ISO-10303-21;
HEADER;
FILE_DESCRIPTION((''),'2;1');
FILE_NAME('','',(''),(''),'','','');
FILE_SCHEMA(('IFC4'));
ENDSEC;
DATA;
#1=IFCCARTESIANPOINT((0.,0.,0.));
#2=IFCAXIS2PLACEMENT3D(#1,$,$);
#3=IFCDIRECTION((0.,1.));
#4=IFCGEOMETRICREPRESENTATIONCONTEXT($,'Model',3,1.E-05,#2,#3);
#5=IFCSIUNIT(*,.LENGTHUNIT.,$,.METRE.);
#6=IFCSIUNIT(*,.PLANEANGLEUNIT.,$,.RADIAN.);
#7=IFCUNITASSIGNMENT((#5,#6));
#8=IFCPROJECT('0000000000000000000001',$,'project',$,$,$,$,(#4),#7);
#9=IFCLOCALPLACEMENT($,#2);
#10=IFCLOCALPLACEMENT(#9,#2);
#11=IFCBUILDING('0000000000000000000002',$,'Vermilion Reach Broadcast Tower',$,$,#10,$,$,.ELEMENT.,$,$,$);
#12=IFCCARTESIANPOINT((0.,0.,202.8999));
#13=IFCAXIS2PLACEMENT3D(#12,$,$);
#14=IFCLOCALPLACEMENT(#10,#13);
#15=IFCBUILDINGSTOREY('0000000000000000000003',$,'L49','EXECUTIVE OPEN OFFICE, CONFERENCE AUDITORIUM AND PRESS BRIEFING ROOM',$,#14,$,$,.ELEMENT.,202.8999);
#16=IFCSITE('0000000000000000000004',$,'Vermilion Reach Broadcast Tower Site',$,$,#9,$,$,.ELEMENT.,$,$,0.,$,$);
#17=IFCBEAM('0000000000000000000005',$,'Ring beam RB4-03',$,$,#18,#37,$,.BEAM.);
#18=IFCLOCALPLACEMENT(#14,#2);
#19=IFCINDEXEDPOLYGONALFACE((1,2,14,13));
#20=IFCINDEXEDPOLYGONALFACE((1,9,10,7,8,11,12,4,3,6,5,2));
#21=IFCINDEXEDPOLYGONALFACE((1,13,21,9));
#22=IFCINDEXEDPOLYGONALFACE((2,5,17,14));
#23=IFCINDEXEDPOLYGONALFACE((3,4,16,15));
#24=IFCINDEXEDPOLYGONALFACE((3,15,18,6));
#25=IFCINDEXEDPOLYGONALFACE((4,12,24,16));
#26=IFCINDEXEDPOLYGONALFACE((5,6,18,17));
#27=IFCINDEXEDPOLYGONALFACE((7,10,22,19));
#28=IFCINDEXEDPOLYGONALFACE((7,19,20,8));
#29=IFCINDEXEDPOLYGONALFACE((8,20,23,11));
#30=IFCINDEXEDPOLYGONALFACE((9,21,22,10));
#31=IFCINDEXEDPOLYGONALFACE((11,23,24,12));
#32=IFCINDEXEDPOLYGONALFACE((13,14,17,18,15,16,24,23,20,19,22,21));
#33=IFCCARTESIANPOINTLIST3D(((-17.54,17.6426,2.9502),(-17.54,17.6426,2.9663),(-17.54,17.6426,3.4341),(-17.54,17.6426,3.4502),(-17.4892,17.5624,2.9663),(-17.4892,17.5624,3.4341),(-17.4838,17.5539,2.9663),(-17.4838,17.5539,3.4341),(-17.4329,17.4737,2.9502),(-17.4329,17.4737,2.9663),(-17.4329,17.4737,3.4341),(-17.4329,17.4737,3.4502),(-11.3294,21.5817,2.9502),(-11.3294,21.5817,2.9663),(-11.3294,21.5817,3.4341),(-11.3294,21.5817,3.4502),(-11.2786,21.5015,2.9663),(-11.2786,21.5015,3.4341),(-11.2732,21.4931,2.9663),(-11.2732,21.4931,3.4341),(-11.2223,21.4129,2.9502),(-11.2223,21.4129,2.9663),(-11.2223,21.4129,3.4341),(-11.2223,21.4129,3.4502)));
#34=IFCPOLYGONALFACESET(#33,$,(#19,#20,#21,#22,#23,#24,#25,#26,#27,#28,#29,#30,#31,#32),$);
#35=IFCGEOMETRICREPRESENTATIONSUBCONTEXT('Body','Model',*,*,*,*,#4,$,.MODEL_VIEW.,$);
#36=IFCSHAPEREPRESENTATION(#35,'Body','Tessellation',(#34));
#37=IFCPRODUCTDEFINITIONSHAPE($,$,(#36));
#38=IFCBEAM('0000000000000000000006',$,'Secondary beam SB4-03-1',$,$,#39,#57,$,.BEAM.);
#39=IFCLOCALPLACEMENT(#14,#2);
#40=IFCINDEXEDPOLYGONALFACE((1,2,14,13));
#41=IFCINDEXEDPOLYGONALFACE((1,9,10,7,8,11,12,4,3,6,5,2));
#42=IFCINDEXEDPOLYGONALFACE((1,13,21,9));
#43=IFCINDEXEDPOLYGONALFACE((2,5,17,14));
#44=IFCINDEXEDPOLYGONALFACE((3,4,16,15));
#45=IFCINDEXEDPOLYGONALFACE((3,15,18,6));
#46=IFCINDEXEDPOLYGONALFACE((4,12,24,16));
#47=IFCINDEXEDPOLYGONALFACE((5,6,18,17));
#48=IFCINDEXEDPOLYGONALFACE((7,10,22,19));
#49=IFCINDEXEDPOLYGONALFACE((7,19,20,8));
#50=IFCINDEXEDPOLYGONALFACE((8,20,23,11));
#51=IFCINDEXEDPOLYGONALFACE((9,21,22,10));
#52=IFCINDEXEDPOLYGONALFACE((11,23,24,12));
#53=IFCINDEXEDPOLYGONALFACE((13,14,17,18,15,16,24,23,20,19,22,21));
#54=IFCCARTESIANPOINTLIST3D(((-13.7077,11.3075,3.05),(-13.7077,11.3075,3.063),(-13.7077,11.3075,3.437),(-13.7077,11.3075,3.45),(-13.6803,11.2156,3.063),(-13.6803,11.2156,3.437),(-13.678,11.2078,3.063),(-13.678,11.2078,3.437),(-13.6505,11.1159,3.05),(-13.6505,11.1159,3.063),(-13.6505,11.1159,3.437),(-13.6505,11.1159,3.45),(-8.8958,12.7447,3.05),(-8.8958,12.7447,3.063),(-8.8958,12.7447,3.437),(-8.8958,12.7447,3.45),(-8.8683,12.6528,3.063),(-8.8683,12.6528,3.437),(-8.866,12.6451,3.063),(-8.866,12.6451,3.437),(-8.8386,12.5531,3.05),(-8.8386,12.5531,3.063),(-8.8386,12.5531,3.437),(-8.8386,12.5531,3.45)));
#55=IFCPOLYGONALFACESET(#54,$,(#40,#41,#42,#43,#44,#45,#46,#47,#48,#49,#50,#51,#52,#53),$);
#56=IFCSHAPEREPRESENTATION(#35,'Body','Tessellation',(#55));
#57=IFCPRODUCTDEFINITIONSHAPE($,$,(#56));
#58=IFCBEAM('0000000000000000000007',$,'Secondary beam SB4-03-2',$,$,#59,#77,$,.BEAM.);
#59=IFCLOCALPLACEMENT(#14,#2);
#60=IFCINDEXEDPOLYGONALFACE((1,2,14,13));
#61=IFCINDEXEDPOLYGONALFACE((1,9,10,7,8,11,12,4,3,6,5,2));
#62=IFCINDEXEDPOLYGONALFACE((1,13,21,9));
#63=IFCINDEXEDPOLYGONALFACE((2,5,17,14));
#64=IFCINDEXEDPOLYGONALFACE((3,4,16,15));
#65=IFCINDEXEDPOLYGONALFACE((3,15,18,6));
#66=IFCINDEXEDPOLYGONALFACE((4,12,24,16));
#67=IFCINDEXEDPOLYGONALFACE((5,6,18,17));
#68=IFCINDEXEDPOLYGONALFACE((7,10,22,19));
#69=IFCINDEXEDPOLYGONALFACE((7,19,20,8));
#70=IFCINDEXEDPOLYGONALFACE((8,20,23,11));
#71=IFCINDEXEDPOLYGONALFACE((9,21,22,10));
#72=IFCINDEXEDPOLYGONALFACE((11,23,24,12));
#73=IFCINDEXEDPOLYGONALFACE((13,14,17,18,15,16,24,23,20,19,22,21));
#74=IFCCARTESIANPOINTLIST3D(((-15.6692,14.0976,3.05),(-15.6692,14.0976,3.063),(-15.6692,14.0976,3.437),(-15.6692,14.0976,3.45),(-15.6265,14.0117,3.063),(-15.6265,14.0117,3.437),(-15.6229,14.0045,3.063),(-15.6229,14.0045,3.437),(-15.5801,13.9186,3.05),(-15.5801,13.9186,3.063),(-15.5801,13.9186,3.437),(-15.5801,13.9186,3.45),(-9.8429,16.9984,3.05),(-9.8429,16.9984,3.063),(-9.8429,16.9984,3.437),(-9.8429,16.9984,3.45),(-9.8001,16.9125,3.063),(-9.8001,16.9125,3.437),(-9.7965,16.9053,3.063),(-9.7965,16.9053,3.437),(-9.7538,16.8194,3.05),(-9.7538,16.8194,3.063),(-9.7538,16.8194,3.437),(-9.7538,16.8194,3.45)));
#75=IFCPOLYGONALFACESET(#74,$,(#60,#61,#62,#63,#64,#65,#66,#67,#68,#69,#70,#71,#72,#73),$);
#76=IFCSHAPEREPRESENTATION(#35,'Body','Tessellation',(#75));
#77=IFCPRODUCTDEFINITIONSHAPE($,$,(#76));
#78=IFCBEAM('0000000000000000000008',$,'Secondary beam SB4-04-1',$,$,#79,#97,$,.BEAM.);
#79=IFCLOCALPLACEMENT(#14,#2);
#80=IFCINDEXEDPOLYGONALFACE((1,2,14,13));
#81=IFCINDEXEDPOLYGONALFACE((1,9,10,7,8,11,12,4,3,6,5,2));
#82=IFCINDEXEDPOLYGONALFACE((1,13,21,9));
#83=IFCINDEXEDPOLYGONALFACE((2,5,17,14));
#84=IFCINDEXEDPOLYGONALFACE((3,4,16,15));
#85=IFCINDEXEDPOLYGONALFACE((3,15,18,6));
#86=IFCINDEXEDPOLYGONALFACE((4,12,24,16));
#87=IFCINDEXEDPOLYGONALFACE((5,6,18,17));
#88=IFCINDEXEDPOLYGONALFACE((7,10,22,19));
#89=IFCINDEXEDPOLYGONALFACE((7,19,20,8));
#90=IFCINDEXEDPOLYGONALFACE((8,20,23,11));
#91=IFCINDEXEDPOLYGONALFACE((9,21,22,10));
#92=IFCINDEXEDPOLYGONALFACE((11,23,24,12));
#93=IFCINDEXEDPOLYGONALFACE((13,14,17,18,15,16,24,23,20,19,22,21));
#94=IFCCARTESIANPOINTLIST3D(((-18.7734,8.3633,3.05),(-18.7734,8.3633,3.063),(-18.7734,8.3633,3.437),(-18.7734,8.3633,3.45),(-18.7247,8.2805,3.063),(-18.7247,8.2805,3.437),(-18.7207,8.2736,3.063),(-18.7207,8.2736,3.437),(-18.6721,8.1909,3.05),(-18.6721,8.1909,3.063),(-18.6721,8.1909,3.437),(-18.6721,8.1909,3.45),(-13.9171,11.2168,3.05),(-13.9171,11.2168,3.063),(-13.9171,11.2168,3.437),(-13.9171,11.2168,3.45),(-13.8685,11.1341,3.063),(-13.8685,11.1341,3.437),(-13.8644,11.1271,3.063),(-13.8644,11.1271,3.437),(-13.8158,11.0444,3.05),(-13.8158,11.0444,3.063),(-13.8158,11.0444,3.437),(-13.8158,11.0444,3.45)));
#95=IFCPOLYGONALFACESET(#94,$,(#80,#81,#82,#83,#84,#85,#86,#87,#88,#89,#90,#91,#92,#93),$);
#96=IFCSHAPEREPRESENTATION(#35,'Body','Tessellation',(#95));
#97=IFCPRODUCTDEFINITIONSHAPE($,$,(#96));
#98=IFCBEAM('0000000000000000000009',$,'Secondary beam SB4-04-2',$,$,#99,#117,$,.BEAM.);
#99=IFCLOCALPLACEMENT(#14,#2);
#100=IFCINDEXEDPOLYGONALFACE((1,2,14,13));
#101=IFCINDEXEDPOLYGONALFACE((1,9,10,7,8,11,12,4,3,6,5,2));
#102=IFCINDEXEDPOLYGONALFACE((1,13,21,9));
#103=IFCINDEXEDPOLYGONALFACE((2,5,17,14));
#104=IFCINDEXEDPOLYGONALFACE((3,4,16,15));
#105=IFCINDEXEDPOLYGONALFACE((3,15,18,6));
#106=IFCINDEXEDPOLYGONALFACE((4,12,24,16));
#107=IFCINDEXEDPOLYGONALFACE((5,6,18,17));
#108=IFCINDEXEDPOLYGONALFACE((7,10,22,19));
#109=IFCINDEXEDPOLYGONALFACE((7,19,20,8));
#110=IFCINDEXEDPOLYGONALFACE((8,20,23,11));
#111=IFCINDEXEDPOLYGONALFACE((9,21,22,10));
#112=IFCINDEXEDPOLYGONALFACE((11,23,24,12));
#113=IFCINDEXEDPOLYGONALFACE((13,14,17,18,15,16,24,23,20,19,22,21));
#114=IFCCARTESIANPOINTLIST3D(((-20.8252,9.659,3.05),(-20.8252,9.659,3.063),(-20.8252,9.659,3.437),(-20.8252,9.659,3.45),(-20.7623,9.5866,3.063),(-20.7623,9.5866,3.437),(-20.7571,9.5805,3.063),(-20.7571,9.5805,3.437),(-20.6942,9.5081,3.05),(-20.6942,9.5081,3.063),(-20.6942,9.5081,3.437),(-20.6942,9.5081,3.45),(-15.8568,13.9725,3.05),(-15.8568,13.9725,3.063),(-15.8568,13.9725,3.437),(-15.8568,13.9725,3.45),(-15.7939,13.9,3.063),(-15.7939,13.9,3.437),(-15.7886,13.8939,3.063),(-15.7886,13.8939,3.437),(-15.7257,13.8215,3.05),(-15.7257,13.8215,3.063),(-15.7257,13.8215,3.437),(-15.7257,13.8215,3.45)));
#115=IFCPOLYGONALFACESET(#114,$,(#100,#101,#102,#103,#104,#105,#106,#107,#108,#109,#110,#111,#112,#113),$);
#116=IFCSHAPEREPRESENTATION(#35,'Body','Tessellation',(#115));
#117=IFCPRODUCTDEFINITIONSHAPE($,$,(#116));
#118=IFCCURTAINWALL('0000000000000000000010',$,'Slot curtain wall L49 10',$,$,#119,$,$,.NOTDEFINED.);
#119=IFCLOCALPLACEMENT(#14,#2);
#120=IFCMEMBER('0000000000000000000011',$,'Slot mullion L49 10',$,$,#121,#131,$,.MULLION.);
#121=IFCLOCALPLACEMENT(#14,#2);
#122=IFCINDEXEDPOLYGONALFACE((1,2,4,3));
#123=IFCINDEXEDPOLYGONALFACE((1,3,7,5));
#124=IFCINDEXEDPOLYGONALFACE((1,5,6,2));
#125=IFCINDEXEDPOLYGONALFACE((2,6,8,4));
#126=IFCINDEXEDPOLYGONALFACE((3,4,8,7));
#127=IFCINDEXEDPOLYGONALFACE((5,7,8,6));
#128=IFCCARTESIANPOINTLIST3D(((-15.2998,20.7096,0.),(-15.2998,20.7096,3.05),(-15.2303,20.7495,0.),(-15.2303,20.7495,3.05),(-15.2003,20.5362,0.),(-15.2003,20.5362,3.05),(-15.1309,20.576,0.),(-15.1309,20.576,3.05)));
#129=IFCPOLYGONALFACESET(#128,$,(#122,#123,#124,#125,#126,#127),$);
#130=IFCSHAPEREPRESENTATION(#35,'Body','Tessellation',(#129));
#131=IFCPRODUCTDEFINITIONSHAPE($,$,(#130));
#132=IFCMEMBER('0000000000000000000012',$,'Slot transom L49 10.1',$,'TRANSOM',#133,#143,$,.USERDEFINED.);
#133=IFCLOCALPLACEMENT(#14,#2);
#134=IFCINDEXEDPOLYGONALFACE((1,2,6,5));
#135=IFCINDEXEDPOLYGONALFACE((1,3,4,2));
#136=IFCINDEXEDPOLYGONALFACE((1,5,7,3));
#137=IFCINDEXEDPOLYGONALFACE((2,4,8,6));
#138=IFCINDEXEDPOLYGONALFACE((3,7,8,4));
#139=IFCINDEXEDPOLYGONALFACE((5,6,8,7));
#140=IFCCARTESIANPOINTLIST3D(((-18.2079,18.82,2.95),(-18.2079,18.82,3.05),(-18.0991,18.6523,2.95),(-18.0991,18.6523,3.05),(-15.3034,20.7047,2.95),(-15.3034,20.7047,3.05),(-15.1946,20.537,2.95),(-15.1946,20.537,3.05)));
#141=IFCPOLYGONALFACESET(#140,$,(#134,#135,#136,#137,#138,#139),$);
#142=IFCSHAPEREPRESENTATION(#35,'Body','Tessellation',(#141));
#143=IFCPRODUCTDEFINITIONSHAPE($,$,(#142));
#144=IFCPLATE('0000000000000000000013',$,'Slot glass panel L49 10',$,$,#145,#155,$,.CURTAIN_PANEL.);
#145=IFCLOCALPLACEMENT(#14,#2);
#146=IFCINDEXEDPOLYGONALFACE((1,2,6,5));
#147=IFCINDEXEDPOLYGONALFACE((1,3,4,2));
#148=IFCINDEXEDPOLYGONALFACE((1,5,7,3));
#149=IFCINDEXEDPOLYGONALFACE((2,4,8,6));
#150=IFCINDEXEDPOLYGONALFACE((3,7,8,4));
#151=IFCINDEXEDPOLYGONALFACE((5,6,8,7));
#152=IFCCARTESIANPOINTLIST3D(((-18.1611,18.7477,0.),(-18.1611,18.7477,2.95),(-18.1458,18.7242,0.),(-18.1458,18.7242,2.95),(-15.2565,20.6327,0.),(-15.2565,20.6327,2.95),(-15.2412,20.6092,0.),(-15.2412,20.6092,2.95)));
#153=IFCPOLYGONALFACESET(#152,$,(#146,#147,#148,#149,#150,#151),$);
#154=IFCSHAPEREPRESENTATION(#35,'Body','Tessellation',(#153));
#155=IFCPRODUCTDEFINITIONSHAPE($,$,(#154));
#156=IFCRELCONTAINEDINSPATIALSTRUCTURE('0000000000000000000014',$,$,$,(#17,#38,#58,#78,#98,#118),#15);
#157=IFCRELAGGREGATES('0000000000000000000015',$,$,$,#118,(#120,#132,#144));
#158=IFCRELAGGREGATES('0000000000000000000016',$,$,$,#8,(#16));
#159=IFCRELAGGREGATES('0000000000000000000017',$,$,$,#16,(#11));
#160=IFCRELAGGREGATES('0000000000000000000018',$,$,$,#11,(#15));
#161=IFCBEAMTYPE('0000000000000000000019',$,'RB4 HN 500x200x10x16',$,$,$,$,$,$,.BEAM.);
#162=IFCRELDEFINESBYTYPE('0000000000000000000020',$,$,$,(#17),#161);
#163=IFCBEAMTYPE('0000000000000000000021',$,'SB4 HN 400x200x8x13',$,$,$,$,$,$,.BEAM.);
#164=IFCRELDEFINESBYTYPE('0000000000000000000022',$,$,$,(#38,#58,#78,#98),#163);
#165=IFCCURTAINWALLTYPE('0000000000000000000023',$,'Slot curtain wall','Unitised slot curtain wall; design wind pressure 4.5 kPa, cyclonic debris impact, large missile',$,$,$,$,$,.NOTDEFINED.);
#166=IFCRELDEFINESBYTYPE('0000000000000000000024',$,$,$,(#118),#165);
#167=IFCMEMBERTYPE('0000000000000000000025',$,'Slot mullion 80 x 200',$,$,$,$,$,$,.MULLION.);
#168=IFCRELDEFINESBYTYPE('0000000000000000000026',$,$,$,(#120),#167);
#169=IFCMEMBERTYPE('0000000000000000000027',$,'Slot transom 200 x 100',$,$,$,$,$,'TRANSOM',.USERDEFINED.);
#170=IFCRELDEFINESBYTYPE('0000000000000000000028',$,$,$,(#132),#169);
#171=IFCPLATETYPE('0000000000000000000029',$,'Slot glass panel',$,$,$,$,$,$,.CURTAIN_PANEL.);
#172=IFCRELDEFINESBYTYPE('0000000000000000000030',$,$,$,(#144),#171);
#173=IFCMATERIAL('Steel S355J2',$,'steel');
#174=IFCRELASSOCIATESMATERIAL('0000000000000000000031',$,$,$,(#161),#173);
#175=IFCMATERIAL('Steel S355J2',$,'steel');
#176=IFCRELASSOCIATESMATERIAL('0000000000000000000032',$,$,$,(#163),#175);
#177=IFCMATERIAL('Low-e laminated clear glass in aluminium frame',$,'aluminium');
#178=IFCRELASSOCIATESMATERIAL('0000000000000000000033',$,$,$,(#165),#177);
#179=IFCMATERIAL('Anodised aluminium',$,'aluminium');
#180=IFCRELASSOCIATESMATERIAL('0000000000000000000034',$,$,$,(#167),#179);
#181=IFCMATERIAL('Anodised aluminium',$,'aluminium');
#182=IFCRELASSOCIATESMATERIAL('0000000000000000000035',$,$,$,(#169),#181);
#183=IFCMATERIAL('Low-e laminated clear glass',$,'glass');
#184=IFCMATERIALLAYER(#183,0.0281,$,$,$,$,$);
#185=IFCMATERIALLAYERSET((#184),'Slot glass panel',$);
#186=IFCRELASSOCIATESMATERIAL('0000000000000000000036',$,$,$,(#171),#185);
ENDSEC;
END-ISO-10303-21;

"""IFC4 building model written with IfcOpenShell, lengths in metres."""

from ifc_helpers import new_model, si_unit, direction, frame, origin, origin_2d, place, context, subcontext, project, spatial, rectangle, i_section, extrude, material, layer, layer_set, material_profile, profile_set, type_object, element, aggregate, save


model = new_model("IFC4")

# Units and contexts
model_context = context("Model", 3, precision=1e-05, world=origin(), true_north=direction((0.0, 1.0)))
body_context = subcontext(model_context, "Body", "Model", "MODEL_VIEW")
ifc_project = project(units=[si_unit("LENGTHUNIT", "METRE"), si_unit("PLANEANGLEUNIT", "RADIAN")], contexts=[model_context])

# Site, building, storey
site_placement = place(None, origin())
site = spatial("IfcSite", under=ifc_project, at=site_placement, Name="Vermilion Reach Broadcast Tower Site", CompositionType="ELEMENT", RefElevation=0.0)
building_placement = place(site_placement, origin())
building = spatial("IfcBuilding", under=site, at=building_placement, Name="Vermilion Reach Broadcast Tower", CompositionType="ELEMENT")
storey_placement = place(building_placement, frame((0.0, 0.0, 202.8999)))
storey = spatial("IfcBuildingStorey", under=building, at=storey_placement, Name="L49", Description="EXECUTIVE OPEN OFFICE, CONFERENCE AUDITORIUM AND PRESS BRIEFING ROOM", CompositionType="ELEMENT", Elevation=202.8999)

# Beams
ifc_material_1 = material(Name="Steel S355J2", Category="steel")
ifc_material_profile_1 = material_profile(ifc_material_1, i_section(OverallWidth=0.2, OverallDepth=0.5, WebThickness=0.01, FlangeThickness=0.0161, at=origin_2d()), Name="S355J2 HN 500x200x10x16")
ifc_profile_set_1 = profile_set([ifc_material_profile_1], Name="Steel S355J2")
beam_type_1 = type_object("IfcBeamType", Name="RB4 HN 500x200x10x16", PredefinedType="BEAM", material=ifc_profile_set_1)
beam_1_placement = place(storey_placement, frame((-11.2759, 21.4973, 3.2002), z_axis=(-0.844464, -0.535612, 0.0), x_axis=(0.535612, -0.844464, 0.0)))
element("IfcBeam", 1, at=beam_1_placement, inside=storey, type_object=beam_type_1, Name="Ring beam RB4-03", PredefinedType="BEAM", context=body_context, shape_type="SweptSolid", body=[
    extrude(i_section(OverallWidth=0.2, OverallDepth=0.5, WebThickness=0.01, FlangeThickness=0.0161, at=origin_2d()), origin(), (0.0, 0.0, 1.0), 7.3545),
])
ifc_material_2 = material(Name="Steel S355J2", Category="steel")
ifc_material_profile_2 = material_profile(ifc_material_2, i_section(OverallWidth=0.2, OverallDepth=0.3999, WebThickness=0.0081, FlangeThickness=0.0129, at=origin_2d()), Name="S355J2 HN 400x200x8x13")
ifc_profile_set_2 = profile_set([ifc_material_profile_2], Name="Steel S355J2")
beam_type_2 = type_object("IfcBeamType", Name="SB4 HN 400x200x8x13", PredefinedType="BEAM", material=ifc_profile_set_2)
beam_2_placement = place(storey_placement, frame((-8.8672, 12.6489, 3.25), z_axis=(-0.958173, -0.286188, 0.0), x_axis=(0.286188, -0.958173, 0.0)))
element("IfcBeam", 2, at=beam_2_placement, inside=storey, type_object=beam_type_2, Name="Secondary beam SB4-03-1", PredefinedType="BEAM", context=body_context, shape_type="SweptSolid", body=[
    extrude(i_section(OverallWidth=0.2, OverallDepth=0.3999, WebThickness=0.0081, FlangeThickness=0.0129, at=origin_2d()), origin(), (0.0, 0.0, 1.0), 5.022),
])
beam_3_placement = place(storey_placement, frame((-9.7983, 16.9089, 3.25), z_axis=(-0.895184, -0.445698, 0.0), x_axis=(0.445698, -0.895184, 0.0)))
element("IfcBeam", 3, at=beam_3_placement, inside=storey, type_object=beam_type_2, Name="Secondary beam SB4-03-2", PredefinedType="BEAM", context=body_context, shape_type="SweptSolid", body=[
    extrude(i_section(OverallWidth=0.2, OverallDepth=0.3999, WebThickness=0.0081, FlangeThickness=0.0129, at=origin_2d()), origin(), (0.0, 0.0, 1.0), 6.5085),
])
beam_4_placement = place(storey_placement, frame((-13.8665, 11.1306, 3.25), z_axis=(-0.862173, -0.506615, 0.0), x_axis=(0.506615, -0.862173, 0.0)))
element("IfcBeam", 4, at=beam_4_placement, inside=storey, type_object=beam_type_2, Name="Secondary beam SB4-04-1", PredefinedType="BEAM", context=body_context, shape_type="SweptSolid", body=[
    extrude(i_section(OverallWidth=0.2, OverallDepth=0.3999, WebThickness=0.0081, FlangeThickness=0.0129, at=origin_2d()), origin(), (0.0, 0.0, 1.0), 5.6326),
])
beam_5_placement = place(storey_placement, frame((-15.7913, 13.897, 3.25), z_axis=(-0.755129, -0.655576, 0.0), x_axis=(0.655576, -0.755129, 0.0)))
element("IfcBeam", 5, at=beam_5_placement, inside=storey, type_object=beam_type_2, Name="Secondary beam SB4-04-2", PredefinedType="BEAM", context=body_context, shape_type="SweptSolid", body=[
    extrude(i_section(OverallWidth=0.2, OverallDepth=0.3999, WebThickness=0.0081, FlangeThickness=0.0129, at=origin_2d()), origin(), (0.0, 0.0, 1.0), 6.5796),
])

# Curtain wall, members, plate
ifc_material_3 = material(Name="Low-e laminated clear glass in aluminium frame", Category="aluminium")
curtain_wall_type = type_object("IfcCurtainWallType", Name="Slot curtain wall", Description="Unitised slot curtain wall; design wind pressure 4.5 kPa, cyclonic debris impact, large missile", PredefinedType="NOTDEFINED", material=ifc_material_3)
curtain_wall_placement = place(storey_placement, origin())
curtain_wall = element("IfcCurtainWall", 6, at=curtain_wall_placement, inside=storey, type_object=curtain_wall_type, Name="Slot curtain wall L49 10", PredefinedType="NOTDEFINED")
ifc_material_4 = material(Name="Anodised aluminium", Category="aluminium")
ifc_material_profile_3 = material_profile(ifc_material_4, rectangle(XDim=0.2, YDim=0.0801, at=origin_2d()), Name="Slot mullion 80 x 200")
ifc_profile_set_3 = profile_set([ifc_material_profile_3], Name="Anodised aluminium")
member_type_1 = type_object("IfcMemberType", Name="Slot mullion 80 x 200", PredefinedType="MULLION", material=ifc_profile_set_3)
member_1_placement = place(storey_placement, frame((-15.2153, 20.6428, 0.0), z_axis=(0.0, 0.0, 1.0), x_axis=(0.497565, -0.867427, 0.0)))
member_1 = element("IfcMember", 7, at=member_1_placement, type_object=member_type_1, Name="Slot mullion L49 10", PredefinedType="MULLION", context=body_context, shape_type="SweptSolid", body=[
    extrude(rectangle(XDim=0.2, YDim=0.0801, at=origin_2d()), origin(), (0.0, 0.0, 1.0), 3.05),
])
ifc_material_5 = material(Name="Anodised aluminium", Category="aluminium")
ifc_material_profile_4 = material_profile(ifc_material_5, rectangle(XDim=0.2, YDim=0.1001, at=origin_2d()), Name="Slot transom 200 x 100")
ifc_profile_set_4 = profile_set([ifc_material_profile_4], Name="Anodised aluminium")
member_type_2 = type_object("IfcMemberType", Name="Slot transom 200 x 100", ElementType="TRANSOM", PredefinedType="USERDEFINED", material=ifc_profile_set_4)
member_2_placement = place(storey_placement, frame((-15.249, 20.6208, 3.0), z_axis=(-0.838864, -0.544341, 0.0), x_axis=(0.544341, -0.838864, 0.0)))
member_2 = element("IfcMember", 8, at=member_2_placement, type_object=member_type_2, Name="Slot transom L49 10.1", ObjectType="TRANSOM", PredefinedType="USERDEFINED", context=body_context, shape_type="SweptSolid", body=[
    extrude(rectangle(XDim=0.2, YDim=0.1001, at=origin_2d()), origin(), (0.0, 0.0, 1.0), 3.4624),
])
ifc_material_6 = material(Name="Low-e laminated clear glass", Category="glass")
ifc_layer_1 = layer(ifc_material_6, 0.0281)
ifc_layer_set_1 = layer_set([ifc_layer_1], Name="Slot glass panel")
plate_type = type_object("IfcPlateType", Name="Slot glass panel", PredefinedType="CURTAIN_PANEL", material=ifc_layer_set_1)
plate_placement = place(storey_placement, frame((-16.7012, 19.6785, 0.0), z_axis=(0.0, 0.0, 1.0), x_axis=(-0.838837, -0.544382, 0.0)))
plate = element("IfcPlate", 9, at=plate_placement, type_object=plate_type, Name="Slot glass panel L49 10", PredefinedType="CURTAIN_PANEL", context=body_context, shape_type="SweptSolid", body=[
    extrude(rectangle(XDim=3.4626, YDim=0.0281, at=origin_2d()), origin(), (0.0, 0.0, 1.0), 2.95),
])
aggregate(curtain_wall, [member_1, member_2, plate])

save(model, "model.ifc")
